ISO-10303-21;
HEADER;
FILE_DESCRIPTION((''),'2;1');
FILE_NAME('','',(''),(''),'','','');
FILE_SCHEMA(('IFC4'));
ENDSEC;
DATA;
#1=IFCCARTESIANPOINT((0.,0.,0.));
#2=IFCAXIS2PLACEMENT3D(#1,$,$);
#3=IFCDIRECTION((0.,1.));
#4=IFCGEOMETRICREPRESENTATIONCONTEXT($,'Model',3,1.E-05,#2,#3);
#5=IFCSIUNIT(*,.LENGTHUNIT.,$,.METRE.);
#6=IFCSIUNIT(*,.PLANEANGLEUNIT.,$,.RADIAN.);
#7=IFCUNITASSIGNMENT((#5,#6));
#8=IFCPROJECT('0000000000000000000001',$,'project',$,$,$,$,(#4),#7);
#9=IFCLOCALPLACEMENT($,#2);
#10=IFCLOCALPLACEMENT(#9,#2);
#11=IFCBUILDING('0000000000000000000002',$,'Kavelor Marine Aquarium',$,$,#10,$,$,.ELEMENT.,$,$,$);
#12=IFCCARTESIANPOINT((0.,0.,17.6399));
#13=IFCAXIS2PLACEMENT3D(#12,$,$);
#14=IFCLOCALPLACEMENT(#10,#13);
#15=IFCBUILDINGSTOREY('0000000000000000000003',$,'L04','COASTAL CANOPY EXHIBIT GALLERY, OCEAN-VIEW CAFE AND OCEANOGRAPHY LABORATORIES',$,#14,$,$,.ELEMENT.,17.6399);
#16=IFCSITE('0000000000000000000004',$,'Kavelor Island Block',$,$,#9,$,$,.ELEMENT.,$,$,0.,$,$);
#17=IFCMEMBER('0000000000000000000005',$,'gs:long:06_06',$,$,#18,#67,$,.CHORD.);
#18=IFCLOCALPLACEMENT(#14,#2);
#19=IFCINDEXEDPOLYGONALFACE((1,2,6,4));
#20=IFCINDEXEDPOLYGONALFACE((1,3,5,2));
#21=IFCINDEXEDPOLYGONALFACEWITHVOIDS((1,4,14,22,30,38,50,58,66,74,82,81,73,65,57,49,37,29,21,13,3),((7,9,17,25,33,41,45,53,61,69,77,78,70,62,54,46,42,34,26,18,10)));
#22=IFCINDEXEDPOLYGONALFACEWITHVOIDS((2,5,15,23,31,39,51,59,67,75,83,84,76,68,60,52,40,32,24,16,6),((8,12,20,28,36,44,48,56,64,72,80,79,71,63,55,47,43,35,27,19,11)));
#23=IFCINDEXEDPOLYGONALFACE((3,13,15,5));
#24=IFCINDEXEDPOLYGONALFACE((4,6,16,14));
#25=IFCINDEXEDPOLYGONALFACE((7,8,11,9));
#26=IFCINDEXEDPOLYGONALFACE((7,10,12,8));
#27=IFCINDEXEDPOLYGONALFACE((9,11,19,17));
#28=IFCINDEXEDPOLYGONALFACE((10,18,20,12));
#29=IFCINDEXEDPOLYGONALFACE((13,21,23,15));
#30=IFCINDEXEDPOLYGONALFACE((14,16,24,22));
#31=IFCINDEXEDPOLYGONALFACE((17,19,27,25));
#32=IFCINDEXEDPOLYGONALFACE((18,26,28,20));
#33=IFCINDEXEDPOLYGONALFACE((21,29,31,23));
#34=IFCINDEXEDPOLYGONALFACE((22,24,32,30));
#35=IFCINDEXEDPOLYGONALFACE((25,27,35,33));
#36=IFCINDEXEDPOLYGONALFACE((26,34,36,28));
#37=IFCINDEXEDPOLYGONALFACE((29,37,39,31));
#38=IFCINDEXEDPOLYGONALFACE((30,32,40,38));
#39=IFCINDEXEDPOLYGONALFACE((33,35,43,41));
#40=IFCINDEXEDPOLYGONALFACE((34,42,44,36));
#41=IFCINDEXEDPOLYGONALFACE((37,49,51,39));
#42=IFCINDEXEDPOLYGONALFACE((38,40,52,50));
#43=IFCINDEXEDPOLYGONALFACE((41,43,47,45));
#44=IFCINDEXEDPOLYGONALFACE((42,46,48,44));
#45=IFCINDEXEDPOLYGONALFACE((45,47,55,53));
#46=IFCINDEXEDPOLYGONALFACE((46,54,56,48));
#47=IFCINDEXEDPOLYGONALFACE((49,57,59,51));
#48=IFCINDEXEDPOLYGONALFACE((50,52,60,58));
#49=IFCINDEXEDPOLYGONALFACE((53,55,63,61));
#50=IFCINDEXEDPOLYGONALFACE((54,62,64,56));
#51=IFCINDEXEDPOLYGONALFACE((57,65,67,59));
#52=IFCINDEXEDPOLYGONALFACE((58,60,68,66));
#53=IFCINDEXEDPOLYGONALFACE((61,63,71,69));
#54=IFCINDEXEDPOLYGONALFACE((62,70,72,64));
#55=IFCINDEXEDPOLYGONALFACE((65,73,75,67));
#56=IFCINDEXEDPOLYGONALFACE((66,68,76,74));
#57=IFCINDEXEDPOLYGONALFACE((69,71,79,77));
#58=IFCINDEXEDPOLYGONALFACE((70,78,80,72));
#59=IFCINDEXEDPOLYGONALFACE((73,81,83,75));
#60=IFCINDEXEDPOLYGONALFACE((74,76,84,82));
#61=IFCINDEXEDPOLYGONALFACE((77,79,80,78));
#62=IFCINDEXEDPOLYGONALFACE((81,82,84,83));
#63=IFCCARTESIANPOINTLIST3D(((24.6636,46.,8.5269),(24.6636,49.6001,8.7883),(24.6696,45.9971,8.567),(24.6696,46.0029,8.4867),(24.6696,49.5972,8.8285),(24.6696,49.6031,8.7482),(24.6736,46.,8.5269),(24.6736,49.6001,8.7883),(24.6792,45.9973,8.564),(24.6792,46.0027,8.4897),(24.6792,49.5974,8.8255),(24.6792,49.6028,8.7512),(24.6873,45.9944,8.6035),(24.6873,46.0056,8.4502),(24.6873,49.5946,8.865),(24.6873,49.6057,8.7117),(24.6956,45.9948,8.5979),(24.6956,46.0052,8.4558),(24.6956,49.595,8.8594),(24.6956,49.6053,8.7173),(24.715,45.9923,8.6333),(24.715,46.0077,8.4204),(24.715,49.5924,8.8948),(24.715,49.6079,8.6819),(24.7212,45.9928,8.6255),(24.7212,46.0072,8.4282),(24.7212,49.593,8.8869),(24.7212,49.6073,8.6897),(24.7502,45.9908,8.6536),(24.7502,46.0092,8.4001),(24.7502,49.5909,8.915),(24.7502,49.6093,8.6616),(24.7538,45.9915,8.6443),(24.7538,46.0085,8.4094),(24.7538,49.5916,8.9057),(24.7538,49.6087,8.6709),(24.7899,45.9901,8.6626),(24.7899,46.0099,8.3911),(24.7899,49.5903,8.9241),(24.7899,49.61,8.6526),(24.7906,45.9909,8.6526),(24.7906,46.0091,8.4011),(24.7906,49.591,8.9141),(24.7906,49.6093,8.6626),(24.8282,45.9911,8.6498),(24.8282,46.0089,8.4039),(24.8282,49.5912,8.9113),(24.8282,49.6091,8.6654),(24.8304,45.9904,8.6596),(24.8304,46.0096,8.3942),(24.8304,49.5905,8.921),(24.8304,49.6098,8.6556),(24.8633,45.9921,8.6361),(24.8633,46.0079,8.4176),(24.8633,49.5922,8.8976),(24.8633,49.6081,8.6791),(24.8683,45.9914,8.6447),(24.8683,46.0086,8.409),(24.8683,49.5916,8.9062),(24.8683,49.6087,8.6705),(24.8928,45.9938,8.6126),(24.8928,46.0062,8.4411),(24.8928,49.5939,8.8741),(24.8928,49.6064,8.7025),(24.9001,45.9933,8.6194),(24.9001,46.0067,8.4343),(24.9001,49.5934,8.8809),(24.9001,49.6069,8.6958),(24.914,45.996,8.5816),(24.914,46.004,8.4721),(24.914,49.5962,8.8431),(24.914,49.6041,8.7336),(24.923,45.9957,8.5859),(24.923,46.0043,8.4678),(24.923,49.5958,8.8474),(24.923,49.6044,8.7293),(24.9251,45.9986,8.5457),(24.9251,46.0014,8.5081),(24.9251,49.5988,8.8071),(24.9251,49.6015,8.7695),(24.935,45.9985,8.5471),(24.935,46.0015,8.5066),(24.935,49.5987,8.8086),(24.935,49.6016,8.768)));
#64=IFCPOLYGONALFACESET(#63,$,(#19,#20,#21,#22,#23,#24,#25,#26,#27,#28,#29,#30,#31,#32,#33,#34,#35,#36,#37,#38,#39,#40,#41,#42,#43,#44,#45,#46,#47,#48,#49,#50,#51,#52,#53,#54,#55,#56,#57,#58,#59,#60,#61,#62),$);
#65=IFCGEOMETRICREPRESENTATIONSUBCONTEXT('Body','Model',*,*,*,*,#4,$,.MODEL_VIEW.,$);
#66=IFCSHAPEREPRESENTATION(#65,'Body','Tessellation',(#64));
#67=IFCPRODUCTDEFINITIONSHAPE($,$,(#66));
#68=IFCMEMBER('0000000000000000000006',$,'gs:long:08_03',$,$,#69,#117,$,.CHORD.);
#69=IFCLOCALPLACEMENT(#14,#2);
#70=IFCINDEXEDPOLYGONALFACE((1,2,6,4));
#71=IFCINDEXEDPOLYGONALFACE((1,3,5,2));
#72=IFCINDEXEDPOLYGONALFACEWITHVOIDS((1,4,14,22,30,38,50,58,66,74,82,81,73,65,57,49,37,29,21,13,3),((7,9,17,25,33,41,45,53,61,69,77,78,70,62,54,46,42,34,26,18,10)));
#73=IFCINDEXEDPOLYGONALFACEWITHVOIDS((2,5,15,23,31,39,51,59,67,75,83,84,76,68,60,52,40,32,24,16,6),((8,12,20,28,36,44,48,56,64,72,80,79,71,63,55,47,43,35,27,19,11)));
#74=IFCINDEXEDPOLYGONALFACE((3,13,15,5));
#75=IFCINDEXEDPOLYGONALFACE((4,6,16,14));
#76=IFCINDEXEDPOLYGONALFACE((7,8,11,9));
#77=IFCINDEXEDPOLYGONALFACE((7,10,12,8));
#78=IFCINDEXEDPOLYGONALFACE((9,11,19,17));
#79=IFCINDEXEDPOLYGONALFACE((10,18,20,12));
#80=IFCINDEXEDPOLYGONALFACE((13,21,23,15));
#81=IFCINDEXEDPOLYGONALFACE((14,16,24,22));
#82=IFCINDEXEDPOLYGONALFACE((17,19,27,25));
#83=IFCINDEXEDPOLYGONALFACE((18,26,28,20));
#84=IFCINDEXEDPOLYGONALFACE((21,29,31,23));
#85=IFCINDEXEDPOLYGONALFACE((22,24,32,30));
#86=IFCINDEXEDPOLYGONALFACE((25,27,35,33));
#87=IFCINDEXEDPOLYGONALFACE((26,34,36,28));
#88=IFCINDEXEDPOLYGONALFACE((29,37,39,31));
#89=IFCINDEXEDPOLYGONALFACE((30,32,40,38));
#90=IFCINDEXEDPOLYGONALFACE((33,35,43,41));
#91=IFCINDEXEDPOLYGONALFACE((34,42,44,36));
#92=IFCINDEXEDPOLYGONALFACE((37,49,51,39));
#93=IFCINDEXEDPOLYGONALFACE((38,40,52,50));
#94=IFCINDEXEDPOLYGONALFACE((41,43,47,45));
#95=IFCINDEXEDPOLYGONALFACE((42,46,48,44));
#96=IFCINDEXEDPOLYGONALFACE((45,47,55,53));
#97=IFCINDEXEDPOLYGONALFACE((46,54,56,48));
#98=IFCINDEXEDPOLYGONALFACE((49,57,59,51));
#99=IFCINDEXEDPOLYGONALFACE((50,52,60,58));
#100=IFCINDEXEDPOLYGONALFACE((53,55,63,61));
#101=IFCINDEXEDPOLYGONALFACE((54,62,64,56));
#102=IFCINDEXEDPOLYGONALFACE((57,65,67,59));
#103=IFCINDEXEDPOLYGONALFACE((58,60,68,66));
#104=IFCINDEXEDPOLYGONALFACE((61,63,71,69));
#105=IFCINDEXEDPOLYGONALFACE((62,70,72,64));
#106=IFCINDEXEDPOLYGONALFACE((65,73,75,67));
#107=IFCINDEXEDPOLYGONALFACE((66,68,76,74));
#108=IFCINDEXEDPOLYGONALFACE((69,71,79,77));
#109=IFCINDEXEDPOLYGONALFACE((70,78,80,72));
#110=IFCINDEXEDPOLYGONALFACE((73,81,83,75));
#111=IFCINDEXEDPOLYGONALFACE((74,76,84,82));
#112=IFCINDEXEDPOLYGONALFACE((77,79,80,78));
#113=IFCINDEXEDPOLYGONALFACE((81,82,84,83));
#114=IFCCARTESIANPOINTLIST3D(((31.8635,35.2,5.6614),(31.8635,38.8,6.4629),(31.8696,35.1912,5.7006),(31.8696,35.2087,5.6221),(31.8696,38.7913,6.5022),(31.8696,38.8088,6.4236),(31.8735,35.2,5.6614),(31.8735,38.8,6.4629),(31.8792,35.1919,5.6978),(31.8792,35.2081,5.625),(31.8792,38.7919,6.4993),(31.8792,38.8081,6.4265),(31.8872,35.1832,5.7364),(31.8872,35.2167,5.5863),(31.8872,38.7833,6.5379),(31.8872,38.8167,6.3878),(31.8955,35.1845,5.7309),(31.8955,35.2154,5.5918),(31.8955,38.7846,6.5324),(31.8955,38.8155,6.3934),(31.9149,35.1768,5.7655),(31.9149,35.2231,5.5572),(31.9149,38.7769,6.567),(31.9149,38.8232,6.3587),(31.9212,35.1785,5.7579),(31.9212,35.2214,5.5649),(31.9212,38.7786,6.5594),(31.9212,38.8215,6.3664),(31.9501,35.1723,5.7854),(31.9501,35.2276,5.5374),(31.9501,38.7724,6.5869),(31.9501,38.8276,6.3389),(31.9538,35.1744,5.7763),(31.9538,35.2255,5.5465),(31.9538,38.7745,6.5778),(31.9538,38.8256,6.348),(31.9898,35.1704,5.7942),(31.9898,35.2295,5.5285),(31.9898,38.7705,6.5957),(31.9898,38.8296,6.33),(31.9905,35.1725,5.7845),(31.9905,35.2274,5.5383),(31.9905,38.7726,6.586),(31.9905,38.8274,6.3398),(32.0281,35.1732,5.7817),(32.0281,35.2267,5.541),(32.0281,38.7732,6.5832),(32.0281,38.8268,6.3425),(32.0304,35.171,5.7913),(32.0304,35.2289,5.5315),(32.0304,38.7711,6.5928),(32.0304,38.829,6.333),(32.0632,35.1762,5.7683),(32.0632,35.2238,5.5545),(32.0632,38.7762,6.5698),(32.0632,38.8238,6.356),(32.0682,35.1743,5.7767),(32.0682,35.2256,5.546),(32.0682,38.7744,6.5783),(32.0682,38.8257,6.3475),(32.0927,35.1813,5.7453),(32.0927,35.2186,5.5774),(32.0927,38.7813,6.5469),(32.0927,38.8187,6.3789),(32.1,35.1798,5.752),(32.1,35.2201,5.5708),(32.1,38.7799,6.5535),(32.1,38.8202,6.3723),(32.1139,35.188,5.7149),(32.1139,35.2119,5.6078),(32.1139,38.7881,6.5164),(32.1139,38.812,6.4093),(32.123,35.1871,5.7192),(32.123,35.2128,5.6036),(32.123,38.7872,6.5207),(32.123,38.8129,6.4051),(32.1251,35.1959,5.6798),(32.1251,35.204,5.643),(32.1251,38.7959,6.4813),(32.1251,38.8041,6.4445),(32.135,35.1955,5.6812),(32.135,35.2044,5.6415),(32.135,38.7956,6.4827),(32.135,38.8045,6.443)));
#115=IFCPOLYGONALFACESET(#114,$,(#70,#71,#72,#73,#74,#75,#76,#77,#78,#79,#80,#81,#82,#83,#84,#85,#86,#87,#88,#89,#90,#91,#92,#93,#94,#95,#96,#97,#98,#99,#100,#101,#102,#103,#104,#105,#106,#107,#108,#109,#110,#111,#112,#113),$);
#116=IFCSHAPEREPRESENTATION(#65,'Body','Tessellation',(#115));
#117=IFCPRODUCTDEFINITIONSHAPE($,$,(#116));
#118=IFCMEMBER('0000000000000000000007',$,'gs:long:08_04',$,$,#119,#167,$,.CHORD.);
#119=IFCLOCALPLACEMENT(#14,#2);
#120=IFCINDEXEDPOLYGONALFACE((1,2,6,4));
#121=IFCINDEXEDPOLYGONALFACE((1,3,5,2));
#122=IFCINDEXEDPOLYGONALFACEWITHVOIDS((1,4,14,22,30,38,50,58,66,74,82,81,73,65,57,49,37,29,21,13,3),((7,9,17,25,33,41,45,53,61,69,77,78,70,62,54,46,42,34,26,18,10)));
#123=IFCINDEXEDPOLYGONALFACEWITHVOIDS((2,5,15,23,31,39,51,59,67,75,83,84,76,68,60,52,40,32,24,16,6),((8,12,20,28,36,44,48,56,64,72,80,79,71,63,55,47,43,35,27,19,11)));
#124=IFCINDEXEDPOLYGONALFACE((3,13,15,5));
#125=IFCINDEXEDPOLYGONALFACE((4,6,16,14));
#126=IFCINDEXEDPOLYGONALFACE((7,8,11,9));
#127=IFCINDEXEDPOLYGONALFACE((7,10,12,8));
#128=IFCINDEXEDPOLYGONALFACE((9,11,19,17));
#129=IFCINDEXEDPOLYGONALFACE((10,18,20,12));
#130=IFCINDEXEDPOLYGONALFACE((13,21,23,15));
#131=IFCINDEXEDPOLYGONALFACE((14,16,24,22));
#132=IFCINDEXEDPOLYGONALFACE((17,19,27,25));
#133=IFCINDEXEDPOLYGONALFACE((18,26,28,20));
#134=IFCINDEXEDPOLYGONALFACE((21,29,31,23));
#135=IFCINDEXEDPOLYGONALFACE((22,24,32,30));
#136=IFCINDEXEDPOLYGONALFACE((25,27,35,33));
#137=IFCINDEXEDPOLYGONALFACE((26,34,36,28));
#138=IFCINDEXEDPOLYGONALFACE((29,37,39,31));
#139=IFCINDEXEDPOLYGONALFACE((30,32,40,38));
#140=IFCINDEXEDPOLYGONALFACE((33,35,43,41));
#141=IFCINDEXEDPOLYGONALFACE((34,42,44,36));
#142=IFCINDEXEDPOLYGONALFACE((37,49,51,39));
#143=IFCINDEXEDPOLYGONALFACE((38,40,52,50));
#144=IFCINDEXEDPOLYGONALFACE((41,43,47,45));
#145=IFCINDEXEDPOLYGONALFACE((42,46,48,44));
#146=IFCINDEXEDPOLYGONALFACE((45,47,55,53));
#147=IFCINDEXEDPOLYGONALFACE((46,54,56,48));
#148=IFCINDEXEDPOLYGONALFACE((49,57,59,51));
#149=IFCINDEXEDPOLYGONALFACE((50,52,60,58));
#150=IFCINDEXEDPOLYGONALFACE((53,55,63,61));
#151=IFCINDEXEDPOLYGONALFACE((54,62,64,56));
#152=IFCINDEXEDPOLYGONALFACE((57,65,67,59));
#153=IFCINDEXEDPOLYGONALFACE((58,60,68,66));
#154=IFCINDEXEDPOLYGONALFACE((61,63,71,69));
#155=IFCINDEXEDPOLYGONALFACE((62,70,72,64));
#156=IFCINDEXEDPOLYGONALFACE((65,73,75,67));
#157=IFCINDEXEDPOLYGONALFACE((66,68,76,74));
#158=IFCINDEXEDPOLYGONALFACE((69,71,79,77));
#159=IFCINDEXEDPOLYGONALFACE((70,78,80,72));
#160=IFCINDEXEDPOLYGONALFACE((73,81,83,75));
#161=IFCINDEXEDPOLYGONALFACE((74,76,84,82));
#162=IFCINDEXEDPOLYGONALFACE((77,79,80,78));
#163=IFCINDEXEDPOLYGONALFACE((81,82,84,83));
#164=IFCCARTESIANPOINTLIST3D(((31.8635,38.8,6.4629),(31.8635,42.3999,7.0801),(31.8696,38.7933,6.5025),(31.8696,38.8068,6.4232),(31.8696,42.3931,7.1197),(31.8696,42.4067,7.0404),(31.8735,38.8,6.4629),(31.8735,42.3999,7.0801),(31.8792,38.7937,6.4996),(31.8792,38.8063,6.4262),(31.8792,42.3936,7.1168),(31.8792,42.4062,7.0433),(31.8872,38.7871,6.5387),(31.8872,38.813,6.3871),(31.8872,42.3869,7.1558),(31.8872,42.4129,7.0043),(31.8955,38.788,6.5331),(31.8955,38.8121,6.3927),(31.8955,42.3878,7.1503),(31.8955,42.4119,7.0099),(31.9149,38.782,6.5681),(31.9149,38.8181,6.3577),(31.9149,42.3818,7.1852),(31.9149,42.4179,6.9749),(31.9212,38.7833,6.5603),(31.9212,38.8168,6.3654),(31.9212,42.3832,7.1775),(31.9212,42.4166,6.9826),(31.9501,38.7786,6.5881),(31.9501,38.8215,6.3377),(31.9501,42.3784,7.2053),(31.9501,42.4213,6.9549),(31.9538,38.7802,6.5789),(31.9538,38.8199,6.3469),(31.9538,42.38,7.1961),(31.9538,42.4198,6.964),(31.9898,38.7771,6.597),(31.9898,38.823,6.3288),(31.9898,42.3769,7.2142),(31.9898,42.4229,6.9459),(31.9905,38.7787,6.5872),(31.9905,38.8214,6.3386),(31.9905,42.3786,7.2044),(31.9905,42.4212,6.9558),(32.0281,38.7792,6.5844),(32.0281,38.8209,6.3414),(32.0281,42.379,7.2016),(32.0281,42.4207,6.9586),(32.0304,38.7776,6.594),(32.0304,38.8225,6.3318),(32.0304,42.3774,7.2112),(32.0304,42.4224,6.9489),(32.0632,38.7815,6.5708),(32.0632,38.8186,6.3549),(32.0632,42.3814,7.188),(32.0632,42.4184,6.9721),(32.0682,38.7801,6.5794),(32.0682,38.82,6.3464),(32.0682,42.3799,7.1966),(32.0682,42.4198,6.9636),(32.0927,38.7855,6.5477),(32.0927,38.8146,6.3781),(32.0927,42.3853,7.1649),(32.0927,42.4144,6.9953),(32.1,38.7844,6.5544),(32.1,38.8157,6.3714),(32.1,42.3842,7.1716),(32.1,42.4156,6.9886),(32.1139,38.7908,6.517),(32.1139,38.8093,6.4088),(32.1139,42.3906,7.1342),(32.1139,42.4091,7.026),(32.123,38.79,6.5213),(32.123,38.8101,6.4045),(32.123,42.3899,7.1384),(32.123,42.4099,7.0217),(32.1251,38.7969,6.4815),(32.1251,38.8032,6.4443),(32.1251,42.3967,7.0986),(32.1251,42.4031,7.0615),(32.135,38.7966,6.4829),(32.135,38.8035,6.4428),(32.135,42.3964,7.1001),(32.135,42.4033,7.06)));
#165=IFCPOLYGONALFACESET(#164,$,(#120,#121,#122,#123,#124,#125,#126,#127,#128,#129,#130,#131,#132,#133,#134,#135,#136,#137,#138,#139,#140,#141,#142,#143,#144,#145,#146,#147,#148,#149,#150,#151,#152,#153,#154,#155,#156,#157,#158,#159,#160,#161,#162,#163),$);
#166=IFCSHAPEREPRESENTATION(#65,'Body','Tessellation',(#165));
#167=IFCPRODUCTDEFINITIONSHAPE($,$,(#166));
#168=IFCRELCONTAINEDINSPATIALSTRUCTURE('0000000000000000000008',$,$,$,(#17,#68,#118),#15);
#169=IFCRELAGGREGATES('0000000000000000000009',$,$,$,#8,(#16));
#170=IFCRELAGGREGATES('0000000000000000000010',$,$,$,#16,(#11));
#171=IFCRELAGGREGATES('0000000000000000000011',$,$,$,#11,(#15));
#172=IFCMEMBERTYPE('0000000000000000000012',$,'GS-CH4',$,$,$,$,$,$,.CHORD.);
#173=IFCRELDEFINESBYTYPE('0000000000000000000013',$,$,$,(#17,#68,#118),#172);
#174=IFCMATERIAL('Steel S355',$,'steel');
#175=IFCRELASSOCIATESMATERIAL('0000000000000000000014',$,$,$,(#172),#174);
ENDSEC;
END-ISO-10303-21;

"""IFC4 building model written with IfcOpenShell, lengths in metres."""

from ifc_helpers import new_model, si_unit, direction, frame, origin, origin_2d, place, context, subcontext, project, spatial, hollow_circle, extrude, material, material_profile, profile_set, type_object, element, save


model = new_model("IFC4")

# Units and contexts
model_context = context("Model", 3, precision=1e-05, world=origin(), true_north=direction((0.0, 1.0)))
body_context = subcontext(model_context, "Body", "Model", "MODEL_VIEW")
ifc_project = project(units=[si_unit("LENGTHUNIT", "METRE"), si_unit("PLANEANGLEUNIT", "RADIAN")], contexts=[model_context])

# Site, building, storey
site_placement = place(None, origin())
site = spatial("IfcSite", under=ifc_project, at=site_placement, Name="Kavelor Island Block", CompositionType="ELEMENT", RefElevation=0.0)
building_placement = place(site_placement, origin())
building = spatial("IfcBuilding", under=site, at=building_placement, Name="Kavelor Marine Aquarium", CompositionType="ELEMENT")
storey_placement = place(building_placement, frame((0.0, 0.0, 17.6399)))
storey = spatial("IfcBuildingStorey", under=building, at=storey_placement, Name="L04", Description="COASTAL CANOPY EXHIBIT GALLERY, OCEAN-VIEW CAFE AND OCEANOGRAPHY LABORATORIES", CompositionType="ELEMENT", Elevation=17.6399)

# Members
ifc_material_1 = material(Name="Steel S355", Category="steel")
ifc_material_profile_1 = material_profile(ifc_material_1, hollow_circle(Radius=0.1365, WallThickness=0.01, at=origin_2d()), Name="CHS 273.0x10.0")
ifc_profile_set_1 = profile_set([ifc_material_profile_1], Name="Steel S355")
member_type_1 = type_object("IfcMemberType", Name="GS-CH4", PredefinedType="CHORD", material=ifc_profile_set_1)
member_1_placement = place(storey_placement, frame((24.8, 46.0, 8.5269), z_axis=(0.0, 0.997373, 0.072439), x_axis=(-1.0, 0.0, 0.0)))
element("IfcMember", 1, at=member_1_placement, inside=storey, type_object=member_type_1, Name="gs:long:06_06", PredefinedType="CHORD", context=body_context, shape_type="SweptSolid", body=[
    extrude(hollow_circle(Radius=0.1365, WallThickness=0.01, at=origin_2d()), origin(), (0.0, 0.0, 1.0), 3.6096),
])
member_2_placement = place(storey_placement, frame((32.0, 35.2, 5.6614), z_axis=(0.0, 0.976101, 0.217316), x_axis=(-1.0, 0.0, 0.0)))
element("IfcMember", 2, at=member_2_placement, inside=storey, type_object=member_type_1, Name="gs:long:08_03", PredefinedType="CHORD", context=body_context, shape_type="SweptSolid", body=[
    extrude(hollow_circle(Radius=0.1365, WallThickness=0.01, at=origin_2d()), origin(), (0.0, 0.0, 1.0), 3.6882),
])
member_3_placement = place(storey_placement, frame((32.0, 38.8, 6.4629), z_axis=(0.0, 0.985619, 0.168982), x_axis=(-1.0, 0.0, 0.0)))
element("IfcMember", 3, at=member_3_placement, inside=storey, type_object=member_type_1, Name="gs:long:08_04", PredefinedType="CHORD", context=body_context, shape_type="SweptSolid", body=[
    extrude(hollow_circle(Radius=0.1365, WallThickness=0.01, at=origin_2d()), origin(), (0.0, 0.0, 1.0), 3.6523),
])

save(model, "model.ifc")
